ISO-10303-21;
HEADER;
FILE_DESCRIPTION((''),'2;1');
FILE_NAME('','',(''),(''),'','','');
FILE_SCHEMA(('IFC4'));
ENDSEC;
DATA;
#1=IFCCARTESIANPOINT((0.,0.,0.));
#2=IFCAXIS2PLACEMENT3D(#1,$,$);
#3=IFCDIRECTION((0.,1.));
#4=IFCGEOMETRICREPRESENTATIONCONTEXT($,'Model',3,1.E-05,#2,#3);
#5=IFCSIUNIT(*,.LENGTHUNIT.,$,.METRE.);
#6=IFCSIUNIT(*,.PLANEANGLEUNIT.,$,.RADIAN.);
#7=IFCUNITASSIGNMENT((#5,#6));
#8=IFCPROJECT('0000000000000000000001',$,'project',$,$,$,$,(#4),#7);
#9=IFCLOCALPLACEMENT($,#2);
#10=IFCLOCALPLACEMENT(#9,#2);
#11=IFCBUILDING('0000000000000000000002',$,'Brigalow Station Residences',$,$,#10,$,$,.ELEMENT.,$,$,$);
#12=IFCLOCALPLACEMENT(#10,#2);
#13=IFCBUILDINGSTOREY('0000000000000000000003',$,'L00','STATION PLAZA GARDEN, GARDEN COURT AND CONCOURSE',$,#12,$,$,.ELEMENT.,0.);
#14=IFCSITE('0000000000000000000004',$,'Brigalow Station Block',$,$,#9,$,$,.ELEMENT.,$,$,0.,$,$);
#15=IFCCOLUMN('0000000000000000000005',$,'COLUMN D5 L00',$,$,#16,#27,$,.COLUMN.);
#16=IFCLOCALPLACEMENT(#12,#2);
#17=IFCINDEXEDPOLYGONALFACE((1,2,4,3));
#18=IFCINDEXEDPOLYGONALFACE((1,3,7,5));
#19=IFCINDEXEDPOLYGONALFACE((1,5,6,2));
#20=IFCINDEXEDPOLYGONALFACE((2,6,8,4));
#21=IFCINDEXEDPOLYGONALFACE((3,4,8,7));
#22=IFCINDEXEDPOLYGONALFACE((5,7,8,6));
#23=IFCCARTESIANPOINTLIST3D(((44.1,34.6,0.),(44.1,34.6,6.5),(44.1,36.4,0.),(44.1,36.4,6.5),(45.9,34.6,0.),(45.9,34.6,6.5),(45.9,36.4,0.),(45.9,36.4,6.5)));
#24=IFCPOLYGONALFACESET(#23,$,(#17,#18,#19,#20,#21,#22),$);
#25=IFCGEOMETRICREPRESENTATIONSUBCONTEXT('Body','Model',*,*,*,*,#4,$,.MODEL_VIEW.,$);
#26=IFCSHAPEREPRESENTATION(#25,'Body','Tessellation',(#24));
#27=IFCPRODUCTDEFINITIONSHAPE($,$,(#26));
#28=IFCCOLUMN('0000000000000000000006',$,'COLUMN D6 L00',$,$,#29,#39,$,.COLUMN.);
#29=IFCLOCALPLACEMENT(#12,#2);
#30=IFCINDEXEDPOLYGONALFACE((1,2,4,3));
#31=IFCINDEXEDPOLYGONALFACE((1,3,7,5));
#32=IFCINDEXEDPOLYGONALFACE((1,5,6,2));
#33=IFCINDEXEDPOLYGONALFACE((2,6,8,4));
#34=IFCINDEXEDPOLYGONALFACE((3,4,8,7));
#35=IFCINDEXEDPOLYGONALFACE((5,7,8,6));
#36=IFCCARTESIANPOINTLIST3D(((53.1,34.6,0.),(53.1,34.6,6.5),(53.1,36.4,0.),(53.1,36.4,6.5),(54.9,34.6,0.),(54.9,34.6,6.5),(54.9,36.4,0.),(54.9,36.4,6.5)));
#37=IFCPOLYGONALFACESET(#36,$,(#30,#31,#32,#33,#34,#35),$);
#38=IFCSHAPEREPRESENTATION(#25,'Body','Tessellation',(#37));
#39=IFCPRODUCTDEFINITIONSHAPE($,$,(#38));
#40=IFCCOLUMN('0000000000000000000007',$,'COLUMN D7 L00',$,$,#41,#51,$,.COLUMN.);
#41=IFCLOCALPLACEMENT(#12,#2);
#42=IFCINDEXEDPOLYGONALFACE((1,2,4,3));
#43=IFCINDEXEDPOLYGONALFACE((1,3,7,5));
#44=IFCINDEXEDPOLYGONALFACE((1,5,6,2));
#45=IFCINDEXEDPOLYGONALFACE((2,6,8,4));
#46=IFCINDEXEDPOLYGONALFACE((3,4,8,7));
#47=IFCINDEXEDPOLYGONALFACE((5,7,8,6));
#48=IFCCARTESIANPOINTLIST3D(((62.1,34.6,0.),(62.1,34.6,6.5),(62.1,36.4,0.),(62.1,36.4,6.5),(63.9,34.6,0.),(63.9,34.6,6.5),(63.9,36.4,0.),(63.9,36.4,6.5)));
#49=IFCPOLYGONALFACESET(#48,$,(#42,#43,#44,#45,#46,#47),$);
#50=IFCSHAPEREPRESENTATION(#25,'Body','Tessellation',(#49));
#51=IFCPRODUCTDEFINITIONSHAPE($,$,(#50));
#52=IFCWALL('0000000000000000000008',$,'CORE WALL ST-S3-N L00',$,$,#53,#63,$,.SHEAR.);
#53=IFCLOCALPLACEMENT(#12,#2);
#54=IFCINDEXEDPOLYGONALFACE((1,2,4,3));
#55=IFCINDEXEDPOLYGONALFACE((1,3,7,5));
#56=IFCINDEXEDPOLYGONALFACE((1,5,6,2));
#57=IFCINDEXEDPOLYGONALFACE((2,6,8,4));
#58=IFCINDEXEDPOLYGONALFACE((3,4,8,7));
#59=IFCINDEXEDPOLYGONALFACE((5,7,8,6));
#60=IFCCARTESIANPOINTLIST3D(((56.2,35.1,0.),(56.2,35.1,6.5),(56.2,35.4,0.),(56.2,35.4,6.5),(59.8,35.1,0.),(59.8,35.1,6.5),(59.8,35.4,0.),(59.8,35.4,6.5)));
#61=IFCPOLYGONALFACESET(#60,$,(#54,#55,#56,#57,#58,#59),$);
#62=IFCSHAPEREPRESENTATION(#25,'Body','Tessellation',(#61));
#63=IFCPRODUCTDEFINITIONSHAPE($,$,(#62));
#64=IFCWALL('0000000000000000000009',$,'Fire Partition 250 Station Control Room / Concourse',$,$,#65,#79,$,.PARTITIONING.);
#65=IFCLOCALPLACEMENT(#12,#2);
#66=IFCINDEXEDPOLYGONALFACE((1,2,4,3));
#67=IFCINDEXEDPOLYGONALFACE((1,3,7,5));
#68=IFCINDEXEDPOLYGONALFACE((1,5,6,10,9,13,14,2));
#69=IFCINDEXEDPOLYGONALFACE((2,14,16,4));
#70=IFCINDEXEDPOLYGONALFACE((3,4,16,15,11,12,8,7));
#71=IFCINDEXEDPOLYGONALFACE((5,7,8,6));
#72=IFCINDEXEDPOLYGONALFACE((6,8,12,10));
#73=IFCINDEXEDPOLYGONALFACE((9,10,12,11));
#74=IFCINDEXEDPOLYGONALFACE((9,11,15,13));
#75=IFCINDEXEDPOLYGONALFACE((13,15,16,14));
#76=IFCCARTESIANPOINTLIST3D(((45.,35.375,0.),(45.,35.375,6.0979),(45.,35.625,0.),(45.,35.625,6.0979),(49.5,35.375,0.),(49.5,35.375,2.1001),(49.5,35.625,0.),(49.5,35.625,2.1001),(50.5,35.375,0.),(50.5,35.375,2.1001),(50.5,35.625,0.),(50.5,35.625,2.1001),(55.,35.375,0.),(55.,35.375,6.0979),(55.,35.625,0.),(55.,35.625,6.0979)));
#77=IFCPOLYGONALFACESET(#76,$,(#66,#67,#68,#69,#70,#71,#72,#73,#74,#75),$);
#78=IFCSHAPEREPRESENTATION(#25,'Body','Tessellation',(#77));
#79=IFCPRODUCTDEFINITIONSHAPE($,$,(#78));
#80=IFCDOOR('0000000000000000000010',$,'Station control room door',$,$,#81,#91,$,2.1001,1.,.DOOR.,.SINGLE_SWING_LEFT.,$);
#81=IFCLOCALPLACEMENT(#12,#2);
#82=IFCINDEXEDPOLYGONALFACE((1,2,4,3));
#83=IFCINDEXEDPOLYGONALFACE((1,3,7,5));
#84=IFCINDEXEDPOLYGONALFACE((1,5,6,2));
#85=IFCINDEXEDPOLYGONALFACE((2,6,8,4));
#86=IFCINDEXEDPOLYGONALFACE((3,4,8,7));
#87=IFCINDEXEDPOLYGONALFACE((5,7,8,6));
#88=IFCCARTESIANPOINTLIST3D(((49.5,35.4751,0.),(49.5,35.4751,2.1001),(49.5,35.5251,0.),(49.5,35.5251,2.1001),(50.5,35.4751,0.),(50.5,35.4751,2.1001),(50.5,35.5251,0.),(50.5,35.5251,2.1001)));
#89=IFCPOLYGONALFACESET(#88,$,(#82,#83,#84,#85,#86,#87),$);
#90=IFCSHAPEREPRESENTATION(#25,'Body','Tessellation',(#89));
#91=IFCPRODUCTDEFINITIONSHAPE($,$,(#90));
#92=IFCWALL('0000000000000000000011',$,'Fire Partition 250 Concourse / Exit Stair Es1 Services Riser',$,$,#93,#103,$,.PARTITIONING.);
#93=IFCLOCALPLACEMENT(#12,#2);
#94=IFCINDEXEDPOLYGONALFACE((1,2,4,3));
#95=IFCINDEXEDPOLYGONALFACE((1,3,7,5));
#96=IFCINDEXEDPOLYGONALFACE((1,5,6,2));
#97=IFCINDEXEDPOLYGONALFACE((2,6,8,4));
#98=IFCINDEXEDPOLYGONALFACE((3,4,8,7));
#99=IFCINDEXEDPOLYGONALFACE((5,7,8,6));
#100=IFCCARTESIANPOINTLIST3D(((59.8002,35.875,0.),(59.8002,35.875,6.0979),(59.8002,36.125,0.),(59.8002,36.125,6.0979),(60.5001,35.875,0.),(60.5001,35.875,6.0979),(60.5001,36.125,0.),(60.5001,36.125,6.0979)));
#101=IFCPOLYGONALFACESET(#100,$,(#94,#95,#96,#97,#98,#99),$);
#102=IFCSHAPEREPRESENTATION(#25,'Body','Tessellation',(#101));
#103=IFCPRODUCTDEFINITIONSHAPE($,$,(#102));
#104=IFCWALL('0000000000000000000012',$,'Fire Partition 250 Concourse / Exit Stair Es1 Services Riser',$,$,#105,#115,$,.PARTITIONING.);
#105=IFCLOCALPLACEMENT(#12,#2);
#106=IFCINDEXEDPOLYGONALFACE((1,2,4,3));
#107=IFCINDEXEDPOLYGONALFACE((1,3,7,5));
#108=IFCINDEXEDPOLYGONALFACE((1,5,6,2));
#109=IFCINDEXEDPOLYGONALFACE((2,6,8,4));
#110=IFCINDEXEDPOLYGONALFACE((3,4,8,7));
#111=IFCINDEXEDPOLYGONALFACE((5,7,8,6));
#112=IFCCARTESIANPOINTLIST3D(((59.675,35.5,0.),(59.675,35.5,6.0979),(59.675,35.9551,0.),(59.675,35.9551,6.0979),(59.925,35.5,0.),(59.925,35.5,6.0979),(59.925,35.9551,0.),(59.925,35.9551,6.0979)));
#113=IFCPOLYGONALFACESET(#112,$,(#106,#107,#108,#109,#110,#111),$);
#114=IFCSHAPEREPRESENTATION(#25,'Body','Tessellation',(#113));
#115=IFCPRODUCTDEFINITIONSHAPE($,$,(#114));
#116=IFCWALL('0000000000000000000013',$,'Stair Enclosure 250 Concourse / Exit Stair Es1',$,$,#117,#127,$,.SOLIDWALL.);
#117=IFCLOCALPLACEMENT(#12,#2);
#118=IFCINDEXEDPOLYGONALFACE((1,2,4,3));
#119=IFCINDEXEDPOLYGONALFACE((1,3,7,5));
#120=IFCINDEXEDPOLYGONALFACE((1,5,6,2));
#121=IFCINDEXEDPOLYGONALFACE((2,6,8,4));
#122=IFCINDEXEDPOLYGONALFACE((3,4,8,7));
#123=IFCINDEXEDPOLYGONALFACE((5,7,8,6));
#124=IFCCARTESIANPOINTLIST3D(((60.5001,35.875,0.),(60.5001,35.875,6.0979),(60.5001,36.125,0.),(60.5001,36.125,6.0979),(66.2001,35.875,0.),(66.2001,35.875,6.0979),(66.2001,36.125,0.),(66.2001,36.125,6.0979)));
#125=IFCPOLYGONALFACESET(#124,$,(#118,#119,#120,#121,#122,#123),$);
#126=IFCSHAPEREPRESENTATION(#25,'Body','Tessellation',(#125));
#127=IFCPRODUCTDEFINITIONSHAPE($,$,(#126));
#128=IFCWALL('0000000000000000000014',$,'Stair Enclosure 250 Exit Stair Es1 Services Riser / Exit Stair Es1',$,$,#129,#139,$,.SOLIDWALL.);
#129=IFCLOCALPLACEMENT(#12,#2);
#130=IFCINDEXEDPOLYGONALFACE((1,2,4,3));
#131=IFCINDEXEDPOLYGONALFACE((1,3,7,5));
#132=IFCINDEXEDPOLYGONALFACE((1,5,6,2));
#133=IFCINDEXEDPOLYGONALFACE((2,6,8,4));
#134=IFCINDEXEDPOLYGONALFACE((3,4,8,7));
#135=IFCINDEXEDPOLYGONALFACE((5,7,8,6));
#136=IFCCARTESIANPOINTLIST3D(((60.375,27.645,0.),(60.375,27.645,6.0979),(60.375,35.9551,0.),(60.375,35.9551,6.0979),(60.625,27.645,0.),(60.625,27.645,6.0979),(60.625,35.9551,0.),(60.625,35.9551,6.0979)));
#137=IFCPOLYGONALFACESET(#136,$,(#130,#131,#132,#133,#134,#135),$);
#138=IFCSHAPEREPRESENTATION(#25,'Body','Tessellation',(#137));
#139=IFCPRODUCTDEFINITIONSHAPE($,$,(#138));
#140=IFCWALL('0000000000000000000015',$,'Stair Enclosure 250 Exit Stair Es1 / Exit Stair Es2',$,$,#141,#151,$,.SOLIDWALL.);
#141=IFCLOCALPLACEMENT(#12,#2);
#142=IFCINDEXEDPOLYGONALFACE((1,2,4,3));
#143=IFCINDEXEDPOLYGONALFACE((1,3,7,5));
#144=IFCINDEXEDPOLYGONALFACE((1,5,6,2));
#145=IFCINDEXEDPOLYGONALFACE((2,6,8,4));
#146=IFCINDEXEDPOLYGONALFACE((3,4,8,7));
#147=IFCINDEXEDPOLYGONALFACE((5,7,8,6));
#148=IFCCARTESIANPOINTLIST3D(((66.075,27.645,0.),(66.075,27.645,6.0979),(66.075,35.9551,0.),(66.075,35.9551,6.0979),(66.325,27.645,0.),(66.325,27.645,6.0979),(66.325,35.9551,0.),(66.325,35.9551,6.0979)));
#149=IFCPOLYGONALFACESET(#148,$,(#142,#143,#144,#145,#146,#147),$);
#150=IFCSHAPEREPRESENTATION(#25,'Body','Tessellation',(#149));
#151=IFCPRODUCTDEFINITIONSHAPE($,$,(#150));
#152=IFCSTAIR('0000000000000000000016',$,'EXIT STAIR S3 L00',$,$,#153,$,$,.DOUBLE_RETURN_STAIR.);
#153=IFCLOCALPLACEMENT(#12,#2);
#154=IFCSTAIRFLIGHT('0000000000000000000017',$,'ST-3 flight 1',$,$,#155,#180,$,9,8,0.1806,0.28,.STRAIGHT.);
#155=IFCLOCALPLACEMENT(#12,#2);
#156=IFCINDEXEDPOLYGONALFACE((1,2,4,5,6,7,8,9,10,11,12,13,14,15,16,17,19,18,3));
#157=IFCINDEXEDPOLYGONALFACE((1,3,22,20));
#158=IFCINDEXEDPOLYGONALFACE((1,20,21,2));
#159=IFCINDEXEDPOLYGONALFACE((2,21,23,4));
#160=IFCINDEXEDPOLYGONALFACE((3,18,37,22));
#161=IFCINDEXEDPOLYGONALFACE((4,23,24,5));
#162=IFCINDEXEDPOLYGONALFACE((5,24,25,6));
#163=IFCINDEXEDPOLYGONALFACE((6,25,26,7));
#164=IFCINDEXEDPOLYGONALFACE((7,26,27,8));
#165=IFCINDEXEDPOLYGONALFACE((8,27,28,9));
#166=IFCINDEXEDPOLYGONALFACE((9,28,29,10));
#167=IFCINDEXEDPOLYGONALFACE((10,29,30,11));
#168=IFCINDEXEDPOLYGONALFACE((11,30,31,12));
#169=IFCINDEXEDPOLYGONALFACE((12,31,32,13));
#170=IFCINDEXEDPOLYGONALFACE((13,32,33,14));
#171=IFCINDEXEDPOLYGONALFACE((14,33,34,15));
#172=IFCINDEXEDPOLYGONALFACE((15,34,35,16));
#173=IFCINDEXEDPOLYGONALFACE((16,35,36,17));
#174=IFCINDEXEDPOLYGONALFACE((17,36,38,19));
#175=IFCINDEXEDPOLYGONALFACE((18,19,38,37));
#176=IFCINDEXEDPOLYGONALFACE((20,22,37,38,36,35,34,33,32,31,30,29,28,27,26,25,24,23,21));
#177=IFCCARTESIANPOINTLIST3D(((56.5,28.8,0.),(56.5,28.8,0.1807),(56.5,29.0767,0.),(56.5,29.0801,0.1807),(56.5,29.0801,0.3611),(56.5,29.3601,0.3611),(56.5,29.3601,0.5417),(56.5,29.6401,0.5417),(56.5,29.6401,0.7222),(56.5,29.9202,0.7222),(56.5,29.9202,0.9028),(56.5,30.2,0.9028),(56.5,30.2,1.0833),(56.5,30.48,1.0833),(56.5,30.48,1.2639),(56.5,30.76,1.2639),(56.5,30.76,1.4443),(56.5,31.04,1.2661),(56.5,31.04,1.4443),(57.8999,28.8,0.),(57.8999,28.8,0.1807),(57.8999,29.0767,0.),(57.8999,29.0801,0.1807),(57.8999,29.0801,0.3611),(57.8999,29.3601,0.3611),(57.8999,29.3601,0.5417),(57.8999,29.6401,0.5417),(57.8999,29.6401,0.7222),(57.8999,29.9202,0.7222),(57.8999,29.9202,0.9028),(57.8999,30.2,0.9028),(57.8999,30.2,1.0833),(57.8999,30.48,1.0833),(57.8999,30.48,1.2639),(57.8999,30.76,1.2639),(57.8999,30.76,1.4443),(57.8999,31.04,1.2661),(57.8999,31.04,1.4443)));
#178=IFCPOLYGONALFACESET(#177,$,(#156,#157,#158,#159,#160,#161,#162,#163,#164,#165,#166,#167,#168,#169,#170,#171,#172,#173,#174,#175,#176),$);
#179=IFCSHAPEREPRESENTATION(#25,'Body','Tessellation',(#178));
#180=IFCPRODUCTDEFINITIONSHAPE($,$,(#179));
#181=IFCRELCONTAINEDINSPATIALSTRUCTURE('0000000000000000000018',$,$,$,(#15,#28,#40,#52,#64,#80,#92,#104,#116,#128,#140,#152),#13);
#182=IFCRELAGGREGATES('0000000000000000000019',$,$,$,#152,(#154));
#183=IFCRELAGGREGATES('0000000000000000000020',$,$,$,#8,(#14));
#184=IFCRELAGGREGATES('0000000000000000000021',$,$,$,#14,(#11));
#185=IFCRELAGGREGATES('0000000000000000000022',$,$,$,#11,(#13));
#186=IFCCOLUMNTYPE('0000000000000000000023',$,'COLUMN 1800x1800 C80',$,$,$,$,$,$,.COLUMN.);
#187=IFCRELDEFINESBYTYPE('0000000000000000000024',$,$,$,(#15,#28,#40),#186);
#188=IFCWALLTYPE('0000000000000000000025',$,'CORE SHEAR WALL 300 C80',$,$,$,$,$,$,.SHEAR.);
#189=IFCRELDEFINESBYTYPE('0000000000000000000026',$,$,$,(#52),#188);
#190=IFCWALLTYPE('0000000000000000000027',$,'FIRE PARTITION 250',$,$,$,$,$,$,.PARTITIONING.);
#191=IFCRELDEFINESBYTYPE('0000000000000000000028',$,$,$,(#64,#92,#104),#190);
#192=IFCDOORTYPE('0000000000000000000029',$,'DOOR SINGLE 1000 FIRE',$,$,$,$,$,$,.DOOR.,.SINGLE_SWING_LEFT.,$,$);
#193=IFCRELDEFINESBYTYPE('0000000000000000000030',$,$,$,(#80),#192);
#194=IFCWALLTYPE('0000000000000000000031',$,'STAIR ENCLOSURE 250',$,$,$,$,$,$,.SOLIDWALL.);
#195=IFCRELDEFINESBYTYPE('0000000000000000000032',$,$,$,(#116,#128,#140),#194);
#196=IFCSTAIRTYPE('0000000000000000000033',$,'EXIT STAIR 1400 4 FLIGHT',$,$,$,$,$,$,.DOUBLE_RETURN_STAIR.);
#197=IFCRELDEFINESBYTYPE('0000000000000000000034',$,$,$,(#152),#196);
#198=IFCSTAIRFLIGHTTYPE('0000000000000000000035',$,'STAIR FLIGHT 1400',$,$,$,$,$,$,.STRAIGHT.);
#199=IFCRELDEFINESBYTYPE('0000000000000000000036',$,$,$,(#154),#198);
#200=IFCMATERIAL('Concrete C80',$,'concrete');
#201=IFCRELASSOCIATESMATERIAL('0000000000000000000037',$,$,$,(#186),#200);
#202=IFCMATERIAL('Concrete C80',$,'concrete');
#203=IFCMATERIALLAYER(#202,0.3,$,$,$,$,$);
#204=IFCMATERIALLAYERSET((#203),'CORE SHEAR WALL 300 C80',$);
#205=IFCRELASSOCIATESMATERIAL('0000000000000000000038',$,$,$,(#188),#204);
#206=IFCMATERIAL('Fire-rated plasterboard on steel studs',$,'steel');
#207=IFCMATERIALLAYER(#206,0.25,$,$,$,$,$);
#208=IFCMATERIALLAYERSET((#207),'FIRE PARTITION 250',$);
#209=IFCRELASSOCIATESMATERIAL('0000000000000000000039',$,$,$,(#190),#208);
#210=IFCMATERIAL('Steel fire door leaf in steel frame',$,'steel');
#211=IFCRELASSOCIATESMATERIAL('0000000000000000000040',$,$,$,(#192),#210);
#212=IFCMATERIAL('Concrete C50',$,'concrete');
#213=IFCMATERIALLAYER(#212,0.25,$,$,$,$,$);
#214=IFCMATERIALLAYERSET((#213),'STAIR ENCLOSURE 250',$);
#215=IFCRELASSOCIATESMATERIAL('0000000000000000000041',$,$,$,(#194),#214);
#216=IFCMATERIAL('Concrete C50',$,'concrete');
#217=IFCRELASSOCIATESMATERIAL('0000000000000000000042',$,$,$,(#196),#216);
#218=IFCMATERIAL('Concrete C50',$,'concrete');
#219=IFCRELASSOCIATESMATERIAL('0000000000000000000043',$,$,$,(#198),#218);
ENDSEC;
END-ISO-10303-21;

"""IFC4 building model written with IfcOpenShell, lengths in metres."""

from ifc_helpers import new_model, si_unit, direction, frame, frame_2d, origin, origin_2d, place, context, subcontext, project, spatial, polyline, rectangle, outline, extrude, material, layer, layer_set, material_profile, profile_set, type_object, element, fill, aggregate, save


model = new_model("IFC4")

# Units and contexts
model_context = context("Model", 3, precision=1e-05, world=origin(), true_north=direction((0.0, 1.0)))
body_context = subcontext(model_context, "Body", "Model", "MODEL_VIEW")
ifc_project = project(units=[si_unit("LENGTHUNIT", "METRE"), si_unit("PLANEANGLEUNIT", "RADIAN")], contexts=[model_context])

# Site, building, storey
site_placement = place(None, origin())
site = spatial("IfcSite", under=ifc_project, at=site_placement, Name="Brigalow Station Block", CompositionType="ELEMENT", RefElevation=0.0)
building_placement = place(site_placement, origin())
building = spatial("IfcBuilding", under=site, at=building_placement, Name="Brigalow Station Residences", CompositionType="ELEMENT")
storey_placement = place(building_placement, origin())
storey = spatial("IfcBuildingStorey", under=building, at=storey_placement, Name="L00", Description="STATION PLAZA GARDEN, GARDEN COURT AND CONCOURSE", CompositionType="ELEMENT", Elevation=0.0)

# Columns
ifc_material_1 = material(Name="Concrete C80", Category="concrete")
ifc_material_profile = material_profile(ifc_material_1, rectangle(XDim=1.8, YDim=1.8, at=origin_2d()), Name="RC1800x1800")
ifc_profile_set = profile_set([ifc_material_profile], Name="Concrete C80")
column_type = type_object("IfcColumnType", Name="COLUMN 1800x1800 C80", PredefinedType="COLUMN", material=ifc_profile_set)
for number, where, z_axis, x_axis, name in (
    (1, (45.0, 35.5, 0.0), (0.0, 0.0, 1.0), (1.0, 0.0, 0.0), "COLUMN D5 L00"),
    (2, (54.0, 35.5, 0.0), (0.0, 0.0, 1.0), (1.0, 0.0, 0.0), "COLUMN D6 L00"),
    (3, (63.0, 35.5, 0.0), (0.0, 0.0, 1.0), (1.0, 0.0, 0.0), "COLUMN D7 L00"),
):
    element("IfcColumn", number, at=place(storey_placement, frame(where, z_axis=z_axis, x_axis=x_axis)), inside=storey, type_object=column_type, Name=name, PredefinedType="COLUMN", context=body_context, shape_type="SweptSolid", body=[
        extrude(rectangle(XDim=1.8, YDim=1.8, at=origin_2d()), origin(), (0.0, 0.0, 1.0), 6.5),
    ])

# Wall
ifc_material_2 = material(Name="Concrete C80", Category="concrete")
ifc_layer_1 = layer(ifc_material_2, 0.3)
ifc_layer_set_1 = layer_set([ifc_layer_1], Name="CORE SHEAR WALL 300 C80")
wall_type_1 = type_object("IfcWallType", Name="CORE SHEAR WALL 300 C80", PredefinedType="SHEAR", material=ifc_layer_set_1)
wall_1_placement = place(storey_placement, frame((56.2, 35.25, 0.0), z_axis=(0.0, 0.0, 1.0), x_axis=(1.0, 0.0, 0.0)))
element("IfcWall", 4, at=wall_1_placement, inside=storey, type_object=wall_type_1, Name="CORE WALL ST-S3-N L00", PredefinedType="SHEAR", context=body_context, shape_type="SweptSolid", body=[
    extrude(rectangle(XDim=3.6001, YDim=0.3, at=frame_2d((1.8, 0.0))), origin(), (0.0, 0.0, 1.0), 6.5),
])

# Wall, opening, door
ifc_material_3 = material(Name="Fire-rated plasterboard on steel studs", Category="steel")
ifc_layer_2 = layer(ifc_material_3, 0.25)
ifc_layer_set_2 = layer_set([ifc_layer_2], Name="FIRE PARTITION 250")
wall_type_2 = type_object("IfcWallType", Name="FIRE PARTITION 250", PredefinedType="PARTITIONING", material=ifc_layer_set_2)
wall_2_placement = place(storey_placement, frame((45.0, 35.5, 0.0), z_axis=(0.0, 0.0, 1.0), x_axis=(1.0, 0.0, 0.0)))
wall_2 = element("IfcWall", 5, at=wall_2_placement, inside=storey, type_object=wall_type_2, Name="Fire Partition 250 Station Control Room / Concourse", PredefinedType="PARTITIONING", context=body_context, shape_type="SweptSolid", body=[
    extrude(rectangle(XDim=10.0, YDim=0.25, at=frame_2d((5.0, 0.0))), origin(), (0.0, 0.0, 1.0), 6.0979),
])
opening_placement = place(wall_2_placement, frame((4.5, 0.0, 0.0)))
opening = element("IfcOpeningElement", 6, at=opening_placement, cuts=wall_2, PredefinedType="OPENING", context=body_context, shape_type="SweptSolid", body=[
    extrude(rectangle(XDim=1.0, YDim=2.1001, at=frame_2d((0.5, 1.05))), frame((0.0, 0.135, 0.0), z_axis=(0.0, -1.0, 0.0), x_axis=(1.0, 0.0, 0.0)), (0.0, 0.0, 1.0), 0.27),
])
ifc_material_4 = material(Name="Steel fire door leaf in steel frame", Category="steel")
door_type = type_object("IfcDoorType", Name="DOOR SINGLE 1000 FIRE", OperationType="SINGLE_SWING_LEFT", PredefinedType="DOOR", material=ifc_material_4)
door_placement = place(opening_placement, frame((1.0, 0.0, 0.0), z_axis=(0.0, 0.0, 1.0), x_axis=(-1.0, 0.0, 0.0)))
door = element("IfcDoor", 7, at=door_placement, inside=storey, type_object=door_type, Name="Station control room door", OperationType="SINGLE_SWING_LEFT", OverallHeight=2.1001, OverallWidth=1.0, PredefinedType="DOOR", context=body_context, shape_type="SweptSolid", body=[
    extrude(rectangle(XDim=1.0, YDim=2.1001, at=frame_2d((0.5, 1.05))), frame((0.0, 0.0249, 0.0), z_axis=(0.0, -1.0, 0.0), x_axis=(1.0, 0.0, 0.0)), (0.0, 0.0, 1.0), 0.05),
])
fill(opening, door)

# Walls
wall_3_placement = place(storey_placement, frame((59.8, 36.0, 0.0), z_axis=(0.0, 0.0, 1.0), x_axis=(1.0, 0.0, 0.0)))
element("IfcWall", 8, at=wall_3_placement, inside=storey, type_object=wall_type_2, Name="Fire Partition 250 Concourse / Exit Stair Es1 Services Riser", PredefinedType="PARTITIONING", context=body_context, shape_type="SweptSolid", body=[
    extrude(rectangle(XDim=0.7, YDim=0.25, at=frame_2d((0.3501, 0.0))), origin(), (0.0, 0.0, 1.0), 6.0979),
])
wall_4_placement = place(storey_placement, frame((59.8, 35.5, 0.0), z_axis=(0.0, 0.0, 1.0), x_axis=(0.0, 1.0, 0.0)))
element("IfcWall", 9, at=wall_4_placement, inside=storey, type_object=wall_type_2, Name="Fire Partition 250 Concourse / Exit Stair Es1 Services Riser", PredefinedType="PARTITIONING", context=body_context, shape_type="SweptSolid", body=[
    extrude(rectangle(XDim=0.4551, YDim=0.25, at=frame_2d((0.2275, 0.0))), origin(), (0.0, 0.0, 1.0), 6.0979),
])
ifc_material_5 = material(Name="Concrete C50", Category="concrete")
ifc_layer_3 = layer(ifc_material_5, 0.25)
ifc_layer_set_3 = layer_set([ifc_layer_3], Name="STAIR ENCLOSURE 250")
wall_type_3 = type_object("IfcWallType", Name="STAIR ENCLOSURE 250", PredefinedType="SOLIDWALL", material=ifc_layer_set_3)
wall_5_placement = place(storey_placement, frame((60.5, 36.0, 0.0), z_axis=(0.0, 0.0, 1.0), x_axis=(1.0, 0.0, 0.0)))
element("IfcWall", 10, at=wall_5_placement, inside=storey, type_object=wall_type_3, Name="Stair Enclosure 250 Concourse / Exit Stair Es1", PredefinedType="SOLIDWALL", context=body_context, shape_type="SweptSolid", body=[
    extrude(rectangle(XDim=5.7, YDim=0.25, at=frame_2d((2.8501, 0.0))), origin(), (0.0, 0.0, 1.0), 6.0979),
])
for number, where, z_axis, x_axis, name in (
    (11, (60.5, 27.645, 0.0), (0.0, 0.0, 1.0), (0.0, 1.0, 0.0), "Stair Enclosure 250 Exit Stair Es1 Services Riser / Exit Stair Es1"),
    (12, (66.2, 27.645, 0.0), (0.0, 0.0, 1.0), (0.0, 1.0, 0.0), "Stair Enclosure 250 Exit Stair Es1 / Exit Stair Es2"),
):
    element("IfcWall", number, at=place(storey_placement, frame(where, z_axis=z_axis, x_axis=x_axis)), inside=storey, type_object=wall_type_3, Name=name, PredefinedType="SOLIDWALL", context=body_context, shape_type="SweptSolid", body=[
        extrude(rectangle(XDim=8.3101, YDim=0.25, at=frame_2d((4.155, 0.0))), origin(), (0.0, 0.0, 1.0), 6.0979),
    ])

# Stair, stair flight
ifc_material_6 = material(Name="Concrete C50", Category="concrete")
stair_type = type_object("IfcStairType", Name="EXIT STAIR 1400 4 FLIGHT", PredefinedType="DOUBLE_RETURN_STAIR", material=ifc_material_6)
stair_placement = place(storey_placement, origin())
stair = element("IfcStair", 13, at=stair_placement, inside=storey, type_object=stair_type, Name="EXIT STAIR S3 L00", PredefinedType="DOUBLE_RETURN_STAIR")
ifc_material_7 = material(Name="Concrete C50", Category="concrete")
stair_flight_type = type_object("IfcStairFlightType", Name="STAIR FLIGHT 1400", PredefinedType="STRAIGHT", material=ifc_material_7)
stair_flight_1_placement = place(storey_placement, frame((57.2, 28.8, 0.0), z_axis=(0.0, 0.0, 1.0), x_axis=(0.0, 1.0, 0.0)))
stair_flight_1 = element("IfcStairFlight", 14, at=stair_flight_1_placement, type_object=stair_flight_type, Name="ST-3 flight 1", NumberOfRisers=9, NumberOfTreads=8, PredefinedType="STRAIGHT", RiserHeight=0.1806, TreadLength=0.28, context=body_context, shape_type="SweptSolid", body=[
    extrude(outline(polyline([(0.0, 0.0), (0.0, 0.1807), (0.28, 0.1807), (0.28, 0.3611), (0.5601, 0.3611), (0.5601, 0.5417), (0.8401, 0.5417), (0.8401, 0.7222), (1.1201, 0.7222), (1.1201, 0.9028), (1.3999, 0.9028), (1.3999, 1.0833), (1.6799, 1.0833), (1.6799, 1.2639), (1.96, 1.2639), (1.96, 1.4443), (2.24, 1.4443), (2.24, 1.625), (2.24, 1.2661), (0.2766, 0.0), (0.0, 0.0)])), frame((0.0, 0.7, 0.0), z_axis=(0.0, -1.0, 0.0), x_axis=(1.0, 0.0, 0.0)), (0.0, 0.0, 1.0), 1.3999),
])
aggregate(stair, [stair_flight_1])

save(model, "model.ifc")
